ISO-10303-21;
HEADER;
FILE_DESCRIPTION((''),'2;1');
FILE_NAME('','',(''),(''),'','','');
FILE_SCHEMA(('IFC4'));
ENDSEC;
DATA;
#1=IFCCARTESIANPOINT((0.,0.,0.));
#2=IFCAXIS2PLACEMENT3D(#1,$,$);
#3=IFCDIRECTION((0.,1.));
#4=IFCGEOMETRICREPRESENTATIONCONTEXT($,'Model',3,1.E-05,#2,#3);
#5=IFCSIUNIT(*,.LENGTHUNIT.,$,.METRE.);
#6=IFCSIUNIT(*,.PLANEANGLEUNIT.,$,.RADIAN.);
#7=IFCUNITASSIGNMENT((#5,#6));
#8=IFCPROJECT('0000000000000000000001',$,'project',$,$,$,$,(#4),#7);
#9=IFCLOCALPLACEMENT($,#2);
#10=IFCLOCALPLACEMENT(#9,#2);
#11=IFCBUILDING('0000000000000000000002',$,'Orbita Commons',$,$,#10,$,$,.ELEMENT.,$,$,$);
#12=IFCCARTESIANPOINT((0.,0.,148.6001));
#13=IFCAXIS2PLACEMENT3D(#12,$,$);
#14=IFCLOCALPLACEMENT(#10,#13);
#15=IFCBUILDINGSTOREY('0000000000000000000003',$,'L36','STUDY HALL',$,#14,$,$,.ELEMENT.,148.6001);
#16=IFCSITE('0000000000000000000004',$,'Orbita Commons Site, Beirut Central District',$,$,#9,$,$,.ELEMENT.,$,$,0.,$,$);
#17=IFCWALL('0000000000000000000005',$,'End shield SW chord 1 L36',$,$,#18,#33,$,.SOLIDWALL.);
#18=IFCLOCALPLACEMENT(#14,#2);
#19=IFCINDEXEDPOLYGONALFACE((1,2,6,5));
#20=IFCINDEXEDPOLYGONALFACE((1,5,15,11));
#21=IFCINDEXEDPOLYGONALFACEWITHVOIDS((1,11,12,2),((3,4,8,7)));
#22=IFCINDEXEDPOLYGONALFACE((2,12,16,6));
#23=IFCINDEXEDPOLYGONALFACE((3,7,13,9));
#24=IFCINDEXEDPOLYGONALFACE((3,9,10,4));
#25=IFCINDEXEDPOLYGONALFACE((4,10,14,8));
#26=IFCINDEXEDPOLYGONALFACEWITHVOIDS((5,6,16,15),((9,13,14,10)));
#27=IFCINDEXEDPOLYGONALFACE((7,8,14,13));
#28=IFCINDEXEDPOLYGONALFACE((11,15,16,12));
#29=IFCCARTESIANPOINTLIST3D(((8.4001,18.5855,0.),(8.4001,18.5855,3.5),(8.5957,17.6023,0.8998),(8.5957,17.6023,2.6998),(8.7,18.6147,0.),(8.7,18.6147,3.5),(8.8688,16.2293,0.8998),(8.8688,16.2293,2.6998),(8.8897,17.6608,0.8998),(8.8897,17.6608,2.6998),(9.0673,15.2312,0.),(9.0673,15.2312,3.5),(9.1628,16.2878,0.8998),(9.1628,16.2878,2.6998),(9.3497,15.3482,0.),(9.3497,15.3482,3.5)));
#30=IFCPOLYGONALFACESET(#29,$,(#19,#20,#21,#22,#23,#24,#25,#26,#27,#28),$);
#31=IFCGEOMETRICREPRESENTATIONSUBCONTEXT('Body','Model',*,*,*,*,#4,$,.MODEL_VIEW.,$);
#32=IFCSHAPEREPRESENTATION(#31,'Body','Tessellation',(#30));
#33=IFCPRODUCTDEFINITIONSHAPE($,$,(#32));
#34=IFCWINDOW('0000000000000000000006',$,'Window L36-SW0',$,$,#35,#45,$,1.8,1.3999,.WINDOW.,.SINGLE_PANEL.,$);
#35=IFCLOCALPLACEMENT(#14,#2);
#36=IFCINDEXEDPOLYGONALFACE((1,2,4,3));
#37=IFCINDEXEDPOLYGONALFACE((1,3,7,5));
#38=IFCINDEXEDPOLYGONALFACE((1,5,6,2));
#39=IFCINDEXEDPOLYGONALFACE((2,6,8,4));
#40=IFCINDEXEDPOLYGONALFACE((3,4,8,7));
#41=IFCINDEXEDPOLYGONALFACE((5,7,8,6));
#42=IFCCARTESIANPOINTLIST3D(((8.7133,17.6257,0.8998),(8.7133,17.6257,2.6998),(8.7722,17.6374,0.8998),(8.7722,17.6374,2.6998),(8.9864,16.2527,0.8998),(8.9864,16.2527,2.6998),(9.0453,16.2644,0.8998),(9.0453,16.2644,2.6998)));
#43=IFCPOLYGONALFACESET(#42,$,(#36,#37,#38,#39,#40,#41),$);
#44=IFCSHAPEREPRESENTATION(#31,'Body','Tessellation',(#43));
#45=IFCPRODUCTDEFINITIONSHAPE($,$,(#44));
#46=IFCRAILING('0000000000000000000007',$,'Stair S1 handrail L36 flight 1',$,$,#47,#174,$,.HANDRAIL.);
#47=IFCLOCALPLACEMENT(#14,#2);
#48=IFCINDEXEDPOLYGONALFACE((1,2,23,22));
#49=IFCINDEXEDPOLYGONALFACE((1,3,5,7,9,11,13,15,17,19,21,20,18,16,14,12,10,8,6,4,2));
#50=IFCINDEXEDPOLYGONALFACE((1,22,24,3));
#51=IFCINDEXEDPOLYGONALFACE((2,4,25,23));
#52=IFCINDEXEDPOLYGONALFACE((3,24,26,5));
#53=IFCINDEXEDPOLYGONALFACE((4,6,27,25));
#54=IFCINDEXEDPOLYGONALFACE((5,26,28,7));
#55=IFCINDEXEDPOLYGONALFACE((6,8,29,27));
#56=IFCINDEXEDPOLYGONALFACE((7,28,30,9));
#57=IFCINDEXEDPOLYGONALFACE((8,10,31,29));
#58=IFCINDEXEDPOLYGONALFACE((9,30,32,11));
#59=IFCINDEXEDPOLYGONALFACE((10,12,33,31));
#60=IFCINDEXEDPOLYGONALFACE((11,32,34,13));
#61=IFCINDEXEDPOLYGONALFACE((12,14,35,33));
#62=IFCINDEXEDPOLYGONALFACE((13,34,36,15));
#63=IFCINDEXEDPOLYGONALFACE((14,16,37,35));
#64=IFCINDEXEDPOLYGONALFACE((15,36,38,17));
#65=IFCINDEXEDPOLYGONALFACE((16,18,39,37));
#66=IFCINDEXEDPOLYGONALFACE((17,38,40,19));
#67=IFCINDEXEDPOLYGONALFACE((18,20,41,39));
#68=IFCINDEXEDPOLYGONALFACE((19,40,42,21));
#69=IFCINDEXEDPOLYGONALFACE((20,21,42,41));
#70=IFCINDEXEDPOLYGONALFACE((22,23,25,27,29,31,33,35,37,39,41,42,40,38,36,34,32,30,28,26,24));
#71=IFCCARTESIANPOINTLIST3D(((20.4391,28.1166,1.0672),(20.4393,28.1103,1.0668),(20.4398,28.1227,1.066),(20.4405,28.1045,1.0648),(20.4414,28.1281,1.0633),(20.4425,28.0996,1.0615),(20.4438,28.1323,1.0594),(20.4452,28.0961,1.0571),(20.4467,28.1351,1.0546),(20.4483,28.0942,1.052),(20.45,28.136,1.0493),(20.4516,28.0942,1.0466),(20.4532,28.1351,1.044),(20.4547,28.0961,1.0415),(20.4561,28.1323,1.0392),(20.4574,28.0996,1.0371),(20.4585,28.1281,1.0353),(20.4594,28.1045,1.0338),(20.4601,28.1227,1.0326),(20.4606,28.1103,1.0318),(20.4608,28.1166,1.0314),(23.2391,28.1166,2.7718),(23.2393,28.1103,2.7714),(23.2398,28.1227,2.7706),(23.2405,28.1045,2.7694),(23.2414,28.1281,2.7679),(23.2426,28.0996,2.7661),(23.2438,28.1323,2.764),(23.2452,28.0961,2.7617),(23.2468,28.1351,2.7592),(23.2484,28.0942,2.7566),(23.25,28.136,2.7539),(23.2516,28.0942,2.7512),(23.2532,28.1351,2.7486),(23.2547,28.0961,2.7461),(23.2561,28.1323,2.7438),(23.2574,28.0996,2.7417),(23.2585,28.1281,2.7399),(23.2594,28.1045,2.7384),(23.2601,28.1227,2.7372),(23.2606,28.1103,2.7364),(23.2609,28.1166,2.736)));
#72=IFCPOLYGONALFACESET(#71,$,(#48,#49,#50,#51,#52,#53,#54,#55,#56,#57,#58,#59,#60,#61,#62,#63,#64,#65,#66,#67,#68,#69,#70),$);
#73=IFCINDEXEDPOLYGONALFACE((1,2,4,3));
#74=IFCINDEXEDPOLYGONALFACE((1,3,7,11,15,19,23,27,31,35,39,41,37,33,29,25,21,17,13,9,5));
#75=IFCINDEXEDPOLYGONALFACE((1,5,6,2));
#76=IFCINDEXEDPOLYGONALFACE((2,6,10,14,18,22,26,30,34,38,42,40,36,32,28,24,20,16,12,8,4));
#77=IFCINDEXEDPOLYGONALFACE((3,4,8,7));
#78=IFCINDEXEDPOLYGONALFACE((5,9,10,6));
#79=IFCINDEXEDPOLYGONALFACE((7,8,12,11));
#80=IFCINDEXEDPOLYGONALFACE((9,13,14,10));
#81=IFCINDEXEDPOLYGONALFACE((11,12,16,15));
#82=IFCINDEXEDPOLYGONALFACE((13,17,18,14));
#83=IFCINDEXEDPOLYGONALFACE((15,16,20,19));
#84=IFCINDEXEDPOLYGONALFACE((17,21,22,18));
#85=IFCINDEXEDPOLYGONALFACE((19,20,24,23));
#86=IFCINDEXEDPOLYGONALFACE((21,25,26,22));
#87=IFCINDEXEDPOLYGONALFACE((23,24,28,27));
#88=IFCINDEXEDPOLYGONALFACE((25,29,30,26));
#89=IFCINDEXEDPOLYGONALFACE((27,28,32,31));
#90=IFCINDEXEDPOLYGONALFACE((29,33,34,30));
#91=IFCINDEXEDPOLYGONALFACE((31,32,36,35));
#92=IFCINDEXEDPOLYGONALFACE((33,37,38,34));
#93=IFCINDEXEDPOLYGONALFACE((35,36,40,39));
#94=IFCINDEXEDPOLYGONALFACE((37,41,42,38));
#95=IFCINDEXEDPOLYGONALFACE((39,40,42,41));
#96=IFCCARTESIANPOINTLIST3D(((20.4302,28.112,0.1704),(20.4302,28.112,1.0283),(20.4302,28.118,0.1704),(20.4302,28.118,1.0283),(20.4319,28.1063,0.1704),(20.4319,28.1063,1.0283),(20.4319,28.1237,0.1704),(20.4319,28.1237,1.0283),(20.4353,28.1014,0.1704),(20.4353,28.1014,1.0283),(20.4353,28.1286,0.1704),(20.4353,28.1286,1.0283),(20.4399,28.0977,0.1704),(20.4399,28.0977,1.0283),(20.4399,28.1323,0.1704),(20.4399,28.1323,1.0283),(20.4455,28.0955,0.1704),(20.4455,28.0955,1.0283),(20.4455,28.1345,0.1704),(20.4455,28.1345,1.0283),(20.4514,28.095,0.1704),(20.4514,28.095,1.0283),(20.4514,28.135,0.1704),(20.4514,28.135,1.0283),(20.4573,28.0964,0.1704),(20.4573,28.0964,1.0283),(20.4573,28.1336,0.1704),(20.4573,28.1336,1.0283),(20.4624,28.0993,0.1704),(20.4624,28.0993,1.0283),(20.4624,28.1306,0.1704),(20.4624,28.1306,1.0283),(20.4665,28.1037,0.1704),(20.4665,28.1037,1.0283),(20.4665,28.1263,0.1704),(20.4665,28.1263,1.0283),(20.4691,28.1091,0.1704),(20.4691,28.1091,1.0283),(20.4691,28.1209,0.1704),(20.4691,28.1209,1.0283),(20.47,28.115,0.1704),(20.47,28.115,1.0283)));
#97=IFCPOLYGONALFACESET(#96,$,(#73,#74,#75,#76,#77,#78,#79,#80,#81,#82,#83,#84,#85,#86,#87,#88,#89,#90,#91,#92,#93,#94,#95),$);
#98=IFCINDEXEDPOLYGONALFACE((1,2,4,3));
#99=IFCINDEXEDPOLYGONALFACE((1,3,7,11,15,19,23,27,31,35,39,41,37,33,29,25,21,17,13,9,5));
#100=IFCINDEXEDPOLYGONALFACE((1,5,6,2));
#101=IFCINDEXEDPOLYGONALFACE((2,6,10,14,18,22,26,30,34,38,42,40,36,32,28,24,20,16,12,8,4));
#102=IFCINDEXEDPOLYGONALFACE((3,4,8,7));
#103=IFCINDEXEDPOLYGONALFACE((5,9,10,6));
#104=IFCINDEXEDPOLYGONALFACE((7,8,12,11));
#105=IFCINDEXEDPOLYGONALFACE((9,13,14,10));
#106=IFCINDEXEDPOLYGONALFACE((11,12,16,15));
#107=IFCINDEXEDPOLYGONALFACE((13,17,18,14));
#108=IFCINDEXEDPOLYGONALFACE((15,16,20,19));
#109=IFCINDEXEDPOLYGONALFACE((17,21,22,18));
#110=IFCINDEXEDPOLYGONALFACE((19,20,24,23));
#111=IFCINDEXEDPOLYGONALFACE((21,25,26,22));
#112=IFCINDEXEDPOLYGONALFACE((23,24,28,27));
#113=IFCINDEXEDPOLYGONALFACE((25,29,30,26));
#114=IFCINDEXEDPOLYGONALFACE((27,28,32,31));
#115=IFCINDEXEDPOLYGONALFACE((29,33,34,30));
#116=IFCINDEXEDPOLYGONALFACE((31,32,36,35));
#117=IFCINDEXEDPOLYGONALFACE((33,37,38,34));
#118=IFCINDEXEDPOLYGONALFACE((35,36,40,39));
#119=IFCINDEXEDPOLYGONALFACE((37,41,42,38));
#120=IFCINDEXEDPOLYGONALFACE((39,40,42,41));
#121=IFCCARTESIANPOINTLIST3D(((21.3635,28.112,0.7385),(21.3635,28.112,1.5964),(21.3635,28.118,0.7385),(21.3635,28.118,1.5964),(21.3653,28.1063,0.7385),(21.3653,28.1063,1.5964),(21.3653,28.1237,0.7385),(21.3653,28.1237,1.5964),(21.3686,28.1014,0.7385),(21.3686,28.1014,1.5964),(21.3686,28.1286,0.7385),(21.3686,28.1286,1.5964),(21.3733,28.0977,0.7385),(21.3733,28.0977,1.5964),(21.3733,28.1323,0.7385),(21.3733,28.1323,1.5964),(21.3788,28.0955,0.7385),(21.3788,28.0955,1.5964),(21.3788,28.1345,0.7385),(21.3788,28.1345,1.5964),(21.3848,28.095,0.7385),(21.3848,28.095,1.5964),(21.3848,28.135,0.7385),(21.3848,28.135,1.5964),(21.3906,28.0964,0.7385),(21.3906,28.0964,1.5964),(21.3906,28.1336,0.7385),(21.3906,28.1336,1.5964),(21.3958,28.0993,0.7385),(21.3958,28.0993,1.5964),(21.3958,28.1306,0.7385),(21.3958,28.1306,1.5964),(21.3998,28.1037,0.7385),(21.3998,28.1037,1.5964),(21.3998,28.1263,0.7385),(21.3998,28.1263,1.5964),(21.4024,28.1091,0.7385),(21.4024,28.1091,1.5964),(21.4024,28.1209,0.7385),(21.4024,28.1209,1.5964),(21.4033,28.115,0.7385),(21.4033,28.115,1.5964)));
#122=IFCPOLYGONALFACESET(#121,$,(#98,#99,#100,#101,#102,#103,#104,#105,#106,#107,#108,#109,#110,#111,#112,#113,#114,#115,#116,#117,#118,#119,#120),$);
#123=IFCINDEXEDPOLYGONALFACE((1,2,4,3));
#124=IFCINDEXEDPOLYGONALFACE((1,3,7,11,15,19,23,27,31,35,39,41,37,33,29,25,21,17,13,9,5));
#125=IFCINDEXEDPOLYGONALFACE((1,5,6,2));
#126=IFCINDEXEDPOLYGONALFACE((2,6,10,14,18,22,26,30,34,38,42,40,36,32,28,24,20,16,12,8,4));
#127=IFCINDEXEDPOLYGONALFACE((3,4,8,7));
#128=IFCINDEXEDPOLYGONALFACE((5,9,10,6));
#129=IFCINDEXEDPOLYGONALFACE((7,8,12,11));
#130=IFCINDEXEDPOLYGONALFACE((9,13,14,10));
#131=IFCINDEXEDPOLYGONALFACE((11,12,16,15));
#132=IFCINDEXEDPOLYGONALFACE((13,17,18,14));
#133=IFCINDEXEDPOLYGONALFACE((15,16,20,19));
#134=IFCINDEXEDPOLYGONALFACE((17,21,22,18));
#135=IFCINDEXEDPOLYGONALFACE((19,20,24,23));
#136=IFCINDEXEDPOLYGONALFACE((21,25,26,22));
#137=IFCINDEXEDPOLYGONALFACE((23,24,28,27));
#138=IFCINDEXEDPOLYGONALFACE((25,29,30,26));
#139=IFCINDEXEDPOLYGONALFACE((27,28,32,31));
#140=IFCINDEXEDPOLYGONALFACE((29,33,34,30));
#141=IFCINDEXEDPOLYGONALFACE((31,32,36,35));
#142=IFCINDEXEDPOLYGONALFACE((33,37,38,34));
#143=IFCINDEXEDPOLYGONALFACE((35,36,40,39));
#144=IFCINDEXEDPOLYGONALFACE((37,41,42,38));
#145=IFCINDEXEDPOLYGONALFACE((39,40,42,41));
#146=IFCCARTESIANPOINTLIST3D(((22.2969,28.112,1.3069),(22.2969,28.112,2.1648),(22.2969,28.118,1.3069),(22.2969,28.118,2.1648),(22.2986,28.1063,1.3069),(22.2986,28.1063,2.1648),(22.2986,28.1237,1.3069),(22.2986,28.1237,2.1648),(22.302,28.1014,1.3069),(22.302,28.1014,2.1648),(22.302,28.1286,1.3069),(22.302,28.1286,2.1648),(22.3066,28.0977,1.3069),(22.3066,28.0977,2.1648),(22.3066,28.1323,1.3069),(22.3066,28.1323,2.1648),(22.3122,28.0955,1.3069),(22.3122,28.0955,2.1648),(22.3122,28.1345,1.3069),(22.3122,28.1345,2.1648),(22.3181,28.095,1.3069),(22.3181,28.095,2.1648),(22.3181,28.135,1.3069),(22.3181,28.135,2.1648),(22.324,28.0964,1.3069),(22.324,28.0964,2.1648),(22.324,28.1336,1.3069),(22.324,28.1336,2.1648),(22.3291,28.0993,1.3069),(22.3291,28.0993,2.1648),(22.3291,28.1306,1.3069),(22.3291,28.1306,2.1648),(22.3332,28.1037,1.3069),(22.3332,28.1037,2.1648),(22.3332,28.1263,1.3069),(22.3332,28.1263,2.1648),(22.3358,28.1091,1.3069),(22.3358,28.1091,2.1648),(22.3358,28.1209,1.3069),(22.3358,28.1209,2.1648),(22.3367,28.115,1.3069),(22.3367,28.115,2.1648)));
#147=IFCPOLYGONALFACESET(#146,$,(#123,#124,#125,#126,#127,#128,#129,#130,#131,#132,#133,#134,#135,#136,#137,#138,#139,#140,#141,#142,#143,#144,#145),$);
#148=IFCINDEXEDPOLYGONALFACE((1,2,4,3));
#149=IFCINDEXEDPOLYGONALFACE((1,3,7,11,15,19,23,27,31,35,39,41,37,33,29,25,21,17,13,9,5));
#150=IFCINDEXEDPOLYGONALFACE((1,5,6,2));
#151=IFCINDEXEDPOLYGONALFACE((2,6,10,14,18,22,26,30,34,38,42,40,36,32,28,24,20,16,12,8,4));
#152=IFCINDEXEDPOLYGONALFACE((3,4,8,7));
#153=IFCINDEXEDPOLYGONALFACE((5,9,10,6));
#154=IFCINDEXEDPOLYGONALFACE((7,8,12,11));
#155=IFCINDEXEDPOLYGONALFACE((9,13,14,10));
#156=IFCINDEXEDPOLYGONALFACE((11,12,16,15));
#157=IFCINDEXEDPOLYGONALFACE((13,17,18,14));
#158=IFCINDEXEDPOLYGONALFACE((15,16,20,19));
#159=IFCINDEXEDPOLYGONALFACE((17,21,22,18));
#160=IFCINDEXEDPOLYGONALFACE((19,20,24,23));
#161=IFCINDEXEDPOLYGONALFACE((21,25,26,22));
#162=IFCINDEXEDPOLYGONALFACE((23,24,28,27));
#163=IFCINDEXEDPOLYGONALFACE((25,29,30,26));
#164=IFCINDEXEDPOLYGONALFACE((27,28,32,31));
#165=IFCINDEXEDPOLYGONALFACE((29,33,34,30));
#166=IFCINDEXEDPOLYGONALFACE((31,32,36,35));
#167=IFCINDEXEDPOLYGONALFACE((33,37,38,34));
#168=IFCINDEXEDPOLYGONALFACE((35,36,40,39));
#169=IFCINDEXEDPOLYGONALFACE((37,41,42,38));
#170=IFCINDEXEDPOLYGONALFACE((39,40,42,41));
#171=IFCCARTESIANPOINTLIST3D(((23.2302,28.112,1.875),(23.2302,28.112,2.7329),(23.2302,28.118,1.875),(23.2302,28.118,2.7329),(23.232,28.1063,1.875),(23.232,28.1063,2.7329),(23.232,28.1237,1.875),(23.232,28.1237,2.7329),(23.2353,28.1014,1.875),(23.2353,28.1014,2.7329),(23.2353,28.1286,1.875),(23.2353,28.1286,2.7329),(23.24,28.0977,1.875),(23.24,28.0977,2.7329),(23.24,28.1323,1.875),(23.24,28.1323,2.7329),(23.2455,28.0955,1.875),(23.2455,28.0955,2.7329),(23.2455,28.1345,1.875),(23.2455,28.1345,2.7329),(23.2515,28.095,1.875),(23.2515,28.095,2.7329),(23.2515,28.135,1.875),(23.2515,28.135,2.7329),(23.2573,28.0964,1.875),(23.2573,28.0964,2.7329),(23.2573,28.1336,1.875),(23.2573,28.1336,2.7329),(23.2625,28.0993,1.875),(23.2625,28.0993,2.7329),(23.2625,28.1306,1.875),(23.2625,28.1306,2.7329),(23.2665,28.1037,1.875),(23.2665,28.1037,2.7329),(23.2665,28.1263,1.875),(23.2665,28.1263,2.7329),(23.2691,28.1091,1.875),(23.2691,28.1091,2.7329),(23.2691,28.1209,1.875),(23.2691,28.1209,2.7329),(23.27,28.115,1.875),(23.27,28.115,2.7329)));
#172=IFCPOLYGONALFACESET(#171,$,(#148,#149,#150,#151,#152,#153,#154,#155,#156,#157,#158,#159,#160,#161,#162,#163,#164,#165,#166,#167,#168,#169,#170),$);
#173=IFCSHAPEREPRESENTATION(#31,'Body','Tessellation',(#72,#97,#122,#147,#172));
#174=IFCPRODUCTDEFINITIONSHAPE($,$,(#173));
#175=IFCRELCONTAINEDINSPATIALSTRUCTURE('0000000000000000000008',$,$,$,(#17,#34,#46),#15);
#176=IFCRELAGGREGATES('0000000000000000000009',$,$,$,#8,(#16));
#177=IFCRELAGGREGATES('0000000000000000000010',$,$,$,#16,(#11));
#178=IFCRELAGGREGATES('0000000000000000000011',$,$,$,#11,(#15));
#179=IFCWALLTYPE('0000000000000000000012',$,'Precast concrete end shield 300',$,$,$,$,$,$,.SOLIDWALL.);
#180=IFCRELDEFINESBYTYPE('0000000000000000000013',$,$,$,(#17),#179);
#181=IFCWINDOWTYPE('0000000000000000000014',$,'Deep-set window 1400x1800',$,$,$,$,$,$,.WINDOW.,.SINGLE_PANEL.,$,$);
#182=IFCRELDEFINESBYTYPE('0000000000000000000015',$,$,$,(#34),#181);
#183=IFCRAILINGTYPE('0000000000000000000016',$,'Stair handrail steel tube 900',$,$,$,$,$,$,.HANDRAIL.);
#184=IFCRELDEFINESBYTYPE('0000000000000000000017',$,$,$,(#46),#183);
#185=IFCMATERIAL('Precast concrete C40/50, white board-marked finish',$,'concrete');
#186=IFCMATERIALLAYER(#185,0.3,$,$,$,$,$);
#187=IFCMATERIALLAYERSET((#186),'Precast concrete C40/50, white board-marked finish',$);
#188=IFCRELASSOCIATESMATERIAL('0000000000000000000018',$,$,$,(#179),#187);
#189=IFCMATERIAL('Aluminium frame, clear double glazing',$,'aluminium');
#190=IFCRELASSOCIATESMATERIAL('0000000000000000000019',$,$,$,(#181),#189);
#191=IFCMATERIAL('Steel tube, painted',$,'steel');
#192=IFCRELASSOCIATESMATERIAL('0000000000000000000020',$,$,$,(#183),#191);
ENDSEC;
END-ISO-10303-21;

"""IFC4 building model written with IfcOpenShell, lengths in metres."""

from ifc_helpers import new_model, si_unit, direction, frame, frame_2d, origin, origin_2d, place, context, subcontext, project, spatial, polyline, rectangle, circle, outline, extrude, material, layer, layer_set, type_object, element, fill, save


model = new_model("IFC4")

# Units and contexts
model_context = context("Model", 3, precision=1e-05, world=origin(), true_north=direction((0.0, 1.0)))
body_context = subcontext(model_context, "Body", "Model", "MODEL_VIEW")
ifc_project = project(units=[si_unit("LENGTHUNIT", "METRE"), si_unit("PLANEANGLEUNIT", "RADIAN")], contexts=[model_context])

# Site, building, storey
site_placement = place(None, origin())
site = spatial("IfcSite", under=ifc_project, at=site_placement, Name="Orbita Commons Site, Beirut Central District", CompositionType="ELEMENT", RefElevation=0.0)
building_placement = place(site_placement, origin())
building = spatial("IfcBuilding", under=site, at=building_placement, Name="Orbita Commons", CompositionType="ELEMENT")
storey_placement = place(building_placement, frame((0.0, 0.0, 148.6001)))
storey = spatial("IfcBuildingStorey", under=building, at=storey_placement, Name="L36", Description="STUDY HALL", CompositionType="ELEMENT", Elevation=148.6001)

# Wall, opening, window
ifc_material_1 = material(Name="Precast concrete C40/50, white board-marked finish", Category="concrete")
ifc_layer_1 = layer(ifc_material_1, 0.3)
ifc_layer_set_1 = layer_set([ifc_layer_1], Name="Precast concrete C40/50, white board-marked finish")
wall_type_1 = type_object("IfcWallType", Name="Precast concrete end shield 300", PredefinedType="SOLIDWALL", material=ifc_layer_set_1)
wall_1_placement = place(storey_placement, frame((8.55, 18.6001, 0.0), z_axis=(0.0, 0.0, 1.0), x_axis=(0.195087, -0.980786, 0.0)))
wall_1 = element("IfcWall", 1, at=wall_1_placement, inside=storey, type_object=wall_type_1, Name="End shield SW chord 1 L36", PredefinedType="SOLIDWALL", context=body_context, shape_type="SweptSolid", body=[
    extrude(outline(polyline([(-0.0149, -0.1499), (3.405, -0.1499), (3.3455, 0.1499), (0.0149, 0.1499), (-0.0149, -0.1499)])), origin(), (0.0, 0.0, 1.0), 3.5),
])
opening_1_placement = place(wall_1_placement, frame((0.9875, 0.0, 0.8999)))
opening_1 = element("IfcOpeningElement", 2, at=opening_1_placement, cuts=wall_1, PredefinedType="OPENING", context=body_context, shape_type="SweptSolid", body=[
    extrude(rectangle(XDim=1.3999, YDim=1.8, at=frame_2d((0.7, 0.8999))), frame((0.0, 0.1599, 0.0), z_axis=(0.0, -1.0, 0.0), x_axis=(1.0, 0.0, 0.0)), (0.0, 0.0, 1.0), 0.3201),
])
ifc_material_2 = material(Name="Aluminium frame, clear double glazing", Category="aluminium")
window_type = type_object("IfcWindowType", Name="Deep-set window 1400x1800", PartitioningType="SINGLE_PANEL", PredefinedType="WINDOW", material=ifc_material_2)
window_placement = place(opening_1_placement, origin())
window = element("IfcWindow", 3, at=window_placement, inside=storey, type_object=window_type, Name="Window L36-SW0", OverallHeight=1.8, OverallWidth=1.3999, PartitioningType="SINGLE_PANEL", PredefinedType="WINDOW", context=body_context, shape_type="SweptSolid", body=[
    extrude(rectangle(XDim=1.3999, YDim=1.8, at=frame_2d((0.7, 0.8999))), frame((0.0, 0.03, 0.0), z_axis=(0.0, -1.0, 0.0), x_axis=(1.0, 0.0, 0.0)), (0.0, 0.0, 1.0), 0.0601),
])
fill(opening_1, window)

# Railing
ifc_material_3 = material(Name="Steel tube, painted", Category="steel")
railing_type = type_object("IfcRailingType", Name="Stair handrail steel tube 900", PredefinedType="HANDRAIL", material=ifc_material_3)
for number, where, name in (
    (4, (20.45, 28.115, 0.1704), "Stair S1 handrail L36 flight 1"),
):
    element("IfcRailing", number, at=place(storey_placement, frame(where)), inside=storey, type_object=railing_type, Name=name, PredefinedType="HANDRAIL", context=body_context, shape_type="SweptSolid", body=[
        extrude(circle(Radius=0.021, at=origin_2d()), frame((0.0, 0.0, 0.8789), z_axis=(0.85417, 0.0, 0.519994), x_axis=(0.0, 1.0, 0.0)), (0.0, 0.0, 1.0), 3.2781),
        extrude(circle(Radius=0.02, at=origin_2d()), origin(), (0.0, 0.0, 1.0), 0.8579),
        extrude(circle(Radius=0.02, at=origin_2d()), frame((0.9333, 0.0, 0.5681)), (0.0, 0.0, 1.0), 0.8579),
        extrude(circle(Radius=0.02, at=origin_2d()), frame((1.8667, 0.0, 1.1365)), (0.0, 0.0, 1.0), 0.8579),
        extrude(circle(Radius=0.02, at=origin_2d()), frame((2.8, 0.0, 1.7046)), (0.0, 0.0, 1.0), 0.8579),
    ])

save(model, "model.ifc")
